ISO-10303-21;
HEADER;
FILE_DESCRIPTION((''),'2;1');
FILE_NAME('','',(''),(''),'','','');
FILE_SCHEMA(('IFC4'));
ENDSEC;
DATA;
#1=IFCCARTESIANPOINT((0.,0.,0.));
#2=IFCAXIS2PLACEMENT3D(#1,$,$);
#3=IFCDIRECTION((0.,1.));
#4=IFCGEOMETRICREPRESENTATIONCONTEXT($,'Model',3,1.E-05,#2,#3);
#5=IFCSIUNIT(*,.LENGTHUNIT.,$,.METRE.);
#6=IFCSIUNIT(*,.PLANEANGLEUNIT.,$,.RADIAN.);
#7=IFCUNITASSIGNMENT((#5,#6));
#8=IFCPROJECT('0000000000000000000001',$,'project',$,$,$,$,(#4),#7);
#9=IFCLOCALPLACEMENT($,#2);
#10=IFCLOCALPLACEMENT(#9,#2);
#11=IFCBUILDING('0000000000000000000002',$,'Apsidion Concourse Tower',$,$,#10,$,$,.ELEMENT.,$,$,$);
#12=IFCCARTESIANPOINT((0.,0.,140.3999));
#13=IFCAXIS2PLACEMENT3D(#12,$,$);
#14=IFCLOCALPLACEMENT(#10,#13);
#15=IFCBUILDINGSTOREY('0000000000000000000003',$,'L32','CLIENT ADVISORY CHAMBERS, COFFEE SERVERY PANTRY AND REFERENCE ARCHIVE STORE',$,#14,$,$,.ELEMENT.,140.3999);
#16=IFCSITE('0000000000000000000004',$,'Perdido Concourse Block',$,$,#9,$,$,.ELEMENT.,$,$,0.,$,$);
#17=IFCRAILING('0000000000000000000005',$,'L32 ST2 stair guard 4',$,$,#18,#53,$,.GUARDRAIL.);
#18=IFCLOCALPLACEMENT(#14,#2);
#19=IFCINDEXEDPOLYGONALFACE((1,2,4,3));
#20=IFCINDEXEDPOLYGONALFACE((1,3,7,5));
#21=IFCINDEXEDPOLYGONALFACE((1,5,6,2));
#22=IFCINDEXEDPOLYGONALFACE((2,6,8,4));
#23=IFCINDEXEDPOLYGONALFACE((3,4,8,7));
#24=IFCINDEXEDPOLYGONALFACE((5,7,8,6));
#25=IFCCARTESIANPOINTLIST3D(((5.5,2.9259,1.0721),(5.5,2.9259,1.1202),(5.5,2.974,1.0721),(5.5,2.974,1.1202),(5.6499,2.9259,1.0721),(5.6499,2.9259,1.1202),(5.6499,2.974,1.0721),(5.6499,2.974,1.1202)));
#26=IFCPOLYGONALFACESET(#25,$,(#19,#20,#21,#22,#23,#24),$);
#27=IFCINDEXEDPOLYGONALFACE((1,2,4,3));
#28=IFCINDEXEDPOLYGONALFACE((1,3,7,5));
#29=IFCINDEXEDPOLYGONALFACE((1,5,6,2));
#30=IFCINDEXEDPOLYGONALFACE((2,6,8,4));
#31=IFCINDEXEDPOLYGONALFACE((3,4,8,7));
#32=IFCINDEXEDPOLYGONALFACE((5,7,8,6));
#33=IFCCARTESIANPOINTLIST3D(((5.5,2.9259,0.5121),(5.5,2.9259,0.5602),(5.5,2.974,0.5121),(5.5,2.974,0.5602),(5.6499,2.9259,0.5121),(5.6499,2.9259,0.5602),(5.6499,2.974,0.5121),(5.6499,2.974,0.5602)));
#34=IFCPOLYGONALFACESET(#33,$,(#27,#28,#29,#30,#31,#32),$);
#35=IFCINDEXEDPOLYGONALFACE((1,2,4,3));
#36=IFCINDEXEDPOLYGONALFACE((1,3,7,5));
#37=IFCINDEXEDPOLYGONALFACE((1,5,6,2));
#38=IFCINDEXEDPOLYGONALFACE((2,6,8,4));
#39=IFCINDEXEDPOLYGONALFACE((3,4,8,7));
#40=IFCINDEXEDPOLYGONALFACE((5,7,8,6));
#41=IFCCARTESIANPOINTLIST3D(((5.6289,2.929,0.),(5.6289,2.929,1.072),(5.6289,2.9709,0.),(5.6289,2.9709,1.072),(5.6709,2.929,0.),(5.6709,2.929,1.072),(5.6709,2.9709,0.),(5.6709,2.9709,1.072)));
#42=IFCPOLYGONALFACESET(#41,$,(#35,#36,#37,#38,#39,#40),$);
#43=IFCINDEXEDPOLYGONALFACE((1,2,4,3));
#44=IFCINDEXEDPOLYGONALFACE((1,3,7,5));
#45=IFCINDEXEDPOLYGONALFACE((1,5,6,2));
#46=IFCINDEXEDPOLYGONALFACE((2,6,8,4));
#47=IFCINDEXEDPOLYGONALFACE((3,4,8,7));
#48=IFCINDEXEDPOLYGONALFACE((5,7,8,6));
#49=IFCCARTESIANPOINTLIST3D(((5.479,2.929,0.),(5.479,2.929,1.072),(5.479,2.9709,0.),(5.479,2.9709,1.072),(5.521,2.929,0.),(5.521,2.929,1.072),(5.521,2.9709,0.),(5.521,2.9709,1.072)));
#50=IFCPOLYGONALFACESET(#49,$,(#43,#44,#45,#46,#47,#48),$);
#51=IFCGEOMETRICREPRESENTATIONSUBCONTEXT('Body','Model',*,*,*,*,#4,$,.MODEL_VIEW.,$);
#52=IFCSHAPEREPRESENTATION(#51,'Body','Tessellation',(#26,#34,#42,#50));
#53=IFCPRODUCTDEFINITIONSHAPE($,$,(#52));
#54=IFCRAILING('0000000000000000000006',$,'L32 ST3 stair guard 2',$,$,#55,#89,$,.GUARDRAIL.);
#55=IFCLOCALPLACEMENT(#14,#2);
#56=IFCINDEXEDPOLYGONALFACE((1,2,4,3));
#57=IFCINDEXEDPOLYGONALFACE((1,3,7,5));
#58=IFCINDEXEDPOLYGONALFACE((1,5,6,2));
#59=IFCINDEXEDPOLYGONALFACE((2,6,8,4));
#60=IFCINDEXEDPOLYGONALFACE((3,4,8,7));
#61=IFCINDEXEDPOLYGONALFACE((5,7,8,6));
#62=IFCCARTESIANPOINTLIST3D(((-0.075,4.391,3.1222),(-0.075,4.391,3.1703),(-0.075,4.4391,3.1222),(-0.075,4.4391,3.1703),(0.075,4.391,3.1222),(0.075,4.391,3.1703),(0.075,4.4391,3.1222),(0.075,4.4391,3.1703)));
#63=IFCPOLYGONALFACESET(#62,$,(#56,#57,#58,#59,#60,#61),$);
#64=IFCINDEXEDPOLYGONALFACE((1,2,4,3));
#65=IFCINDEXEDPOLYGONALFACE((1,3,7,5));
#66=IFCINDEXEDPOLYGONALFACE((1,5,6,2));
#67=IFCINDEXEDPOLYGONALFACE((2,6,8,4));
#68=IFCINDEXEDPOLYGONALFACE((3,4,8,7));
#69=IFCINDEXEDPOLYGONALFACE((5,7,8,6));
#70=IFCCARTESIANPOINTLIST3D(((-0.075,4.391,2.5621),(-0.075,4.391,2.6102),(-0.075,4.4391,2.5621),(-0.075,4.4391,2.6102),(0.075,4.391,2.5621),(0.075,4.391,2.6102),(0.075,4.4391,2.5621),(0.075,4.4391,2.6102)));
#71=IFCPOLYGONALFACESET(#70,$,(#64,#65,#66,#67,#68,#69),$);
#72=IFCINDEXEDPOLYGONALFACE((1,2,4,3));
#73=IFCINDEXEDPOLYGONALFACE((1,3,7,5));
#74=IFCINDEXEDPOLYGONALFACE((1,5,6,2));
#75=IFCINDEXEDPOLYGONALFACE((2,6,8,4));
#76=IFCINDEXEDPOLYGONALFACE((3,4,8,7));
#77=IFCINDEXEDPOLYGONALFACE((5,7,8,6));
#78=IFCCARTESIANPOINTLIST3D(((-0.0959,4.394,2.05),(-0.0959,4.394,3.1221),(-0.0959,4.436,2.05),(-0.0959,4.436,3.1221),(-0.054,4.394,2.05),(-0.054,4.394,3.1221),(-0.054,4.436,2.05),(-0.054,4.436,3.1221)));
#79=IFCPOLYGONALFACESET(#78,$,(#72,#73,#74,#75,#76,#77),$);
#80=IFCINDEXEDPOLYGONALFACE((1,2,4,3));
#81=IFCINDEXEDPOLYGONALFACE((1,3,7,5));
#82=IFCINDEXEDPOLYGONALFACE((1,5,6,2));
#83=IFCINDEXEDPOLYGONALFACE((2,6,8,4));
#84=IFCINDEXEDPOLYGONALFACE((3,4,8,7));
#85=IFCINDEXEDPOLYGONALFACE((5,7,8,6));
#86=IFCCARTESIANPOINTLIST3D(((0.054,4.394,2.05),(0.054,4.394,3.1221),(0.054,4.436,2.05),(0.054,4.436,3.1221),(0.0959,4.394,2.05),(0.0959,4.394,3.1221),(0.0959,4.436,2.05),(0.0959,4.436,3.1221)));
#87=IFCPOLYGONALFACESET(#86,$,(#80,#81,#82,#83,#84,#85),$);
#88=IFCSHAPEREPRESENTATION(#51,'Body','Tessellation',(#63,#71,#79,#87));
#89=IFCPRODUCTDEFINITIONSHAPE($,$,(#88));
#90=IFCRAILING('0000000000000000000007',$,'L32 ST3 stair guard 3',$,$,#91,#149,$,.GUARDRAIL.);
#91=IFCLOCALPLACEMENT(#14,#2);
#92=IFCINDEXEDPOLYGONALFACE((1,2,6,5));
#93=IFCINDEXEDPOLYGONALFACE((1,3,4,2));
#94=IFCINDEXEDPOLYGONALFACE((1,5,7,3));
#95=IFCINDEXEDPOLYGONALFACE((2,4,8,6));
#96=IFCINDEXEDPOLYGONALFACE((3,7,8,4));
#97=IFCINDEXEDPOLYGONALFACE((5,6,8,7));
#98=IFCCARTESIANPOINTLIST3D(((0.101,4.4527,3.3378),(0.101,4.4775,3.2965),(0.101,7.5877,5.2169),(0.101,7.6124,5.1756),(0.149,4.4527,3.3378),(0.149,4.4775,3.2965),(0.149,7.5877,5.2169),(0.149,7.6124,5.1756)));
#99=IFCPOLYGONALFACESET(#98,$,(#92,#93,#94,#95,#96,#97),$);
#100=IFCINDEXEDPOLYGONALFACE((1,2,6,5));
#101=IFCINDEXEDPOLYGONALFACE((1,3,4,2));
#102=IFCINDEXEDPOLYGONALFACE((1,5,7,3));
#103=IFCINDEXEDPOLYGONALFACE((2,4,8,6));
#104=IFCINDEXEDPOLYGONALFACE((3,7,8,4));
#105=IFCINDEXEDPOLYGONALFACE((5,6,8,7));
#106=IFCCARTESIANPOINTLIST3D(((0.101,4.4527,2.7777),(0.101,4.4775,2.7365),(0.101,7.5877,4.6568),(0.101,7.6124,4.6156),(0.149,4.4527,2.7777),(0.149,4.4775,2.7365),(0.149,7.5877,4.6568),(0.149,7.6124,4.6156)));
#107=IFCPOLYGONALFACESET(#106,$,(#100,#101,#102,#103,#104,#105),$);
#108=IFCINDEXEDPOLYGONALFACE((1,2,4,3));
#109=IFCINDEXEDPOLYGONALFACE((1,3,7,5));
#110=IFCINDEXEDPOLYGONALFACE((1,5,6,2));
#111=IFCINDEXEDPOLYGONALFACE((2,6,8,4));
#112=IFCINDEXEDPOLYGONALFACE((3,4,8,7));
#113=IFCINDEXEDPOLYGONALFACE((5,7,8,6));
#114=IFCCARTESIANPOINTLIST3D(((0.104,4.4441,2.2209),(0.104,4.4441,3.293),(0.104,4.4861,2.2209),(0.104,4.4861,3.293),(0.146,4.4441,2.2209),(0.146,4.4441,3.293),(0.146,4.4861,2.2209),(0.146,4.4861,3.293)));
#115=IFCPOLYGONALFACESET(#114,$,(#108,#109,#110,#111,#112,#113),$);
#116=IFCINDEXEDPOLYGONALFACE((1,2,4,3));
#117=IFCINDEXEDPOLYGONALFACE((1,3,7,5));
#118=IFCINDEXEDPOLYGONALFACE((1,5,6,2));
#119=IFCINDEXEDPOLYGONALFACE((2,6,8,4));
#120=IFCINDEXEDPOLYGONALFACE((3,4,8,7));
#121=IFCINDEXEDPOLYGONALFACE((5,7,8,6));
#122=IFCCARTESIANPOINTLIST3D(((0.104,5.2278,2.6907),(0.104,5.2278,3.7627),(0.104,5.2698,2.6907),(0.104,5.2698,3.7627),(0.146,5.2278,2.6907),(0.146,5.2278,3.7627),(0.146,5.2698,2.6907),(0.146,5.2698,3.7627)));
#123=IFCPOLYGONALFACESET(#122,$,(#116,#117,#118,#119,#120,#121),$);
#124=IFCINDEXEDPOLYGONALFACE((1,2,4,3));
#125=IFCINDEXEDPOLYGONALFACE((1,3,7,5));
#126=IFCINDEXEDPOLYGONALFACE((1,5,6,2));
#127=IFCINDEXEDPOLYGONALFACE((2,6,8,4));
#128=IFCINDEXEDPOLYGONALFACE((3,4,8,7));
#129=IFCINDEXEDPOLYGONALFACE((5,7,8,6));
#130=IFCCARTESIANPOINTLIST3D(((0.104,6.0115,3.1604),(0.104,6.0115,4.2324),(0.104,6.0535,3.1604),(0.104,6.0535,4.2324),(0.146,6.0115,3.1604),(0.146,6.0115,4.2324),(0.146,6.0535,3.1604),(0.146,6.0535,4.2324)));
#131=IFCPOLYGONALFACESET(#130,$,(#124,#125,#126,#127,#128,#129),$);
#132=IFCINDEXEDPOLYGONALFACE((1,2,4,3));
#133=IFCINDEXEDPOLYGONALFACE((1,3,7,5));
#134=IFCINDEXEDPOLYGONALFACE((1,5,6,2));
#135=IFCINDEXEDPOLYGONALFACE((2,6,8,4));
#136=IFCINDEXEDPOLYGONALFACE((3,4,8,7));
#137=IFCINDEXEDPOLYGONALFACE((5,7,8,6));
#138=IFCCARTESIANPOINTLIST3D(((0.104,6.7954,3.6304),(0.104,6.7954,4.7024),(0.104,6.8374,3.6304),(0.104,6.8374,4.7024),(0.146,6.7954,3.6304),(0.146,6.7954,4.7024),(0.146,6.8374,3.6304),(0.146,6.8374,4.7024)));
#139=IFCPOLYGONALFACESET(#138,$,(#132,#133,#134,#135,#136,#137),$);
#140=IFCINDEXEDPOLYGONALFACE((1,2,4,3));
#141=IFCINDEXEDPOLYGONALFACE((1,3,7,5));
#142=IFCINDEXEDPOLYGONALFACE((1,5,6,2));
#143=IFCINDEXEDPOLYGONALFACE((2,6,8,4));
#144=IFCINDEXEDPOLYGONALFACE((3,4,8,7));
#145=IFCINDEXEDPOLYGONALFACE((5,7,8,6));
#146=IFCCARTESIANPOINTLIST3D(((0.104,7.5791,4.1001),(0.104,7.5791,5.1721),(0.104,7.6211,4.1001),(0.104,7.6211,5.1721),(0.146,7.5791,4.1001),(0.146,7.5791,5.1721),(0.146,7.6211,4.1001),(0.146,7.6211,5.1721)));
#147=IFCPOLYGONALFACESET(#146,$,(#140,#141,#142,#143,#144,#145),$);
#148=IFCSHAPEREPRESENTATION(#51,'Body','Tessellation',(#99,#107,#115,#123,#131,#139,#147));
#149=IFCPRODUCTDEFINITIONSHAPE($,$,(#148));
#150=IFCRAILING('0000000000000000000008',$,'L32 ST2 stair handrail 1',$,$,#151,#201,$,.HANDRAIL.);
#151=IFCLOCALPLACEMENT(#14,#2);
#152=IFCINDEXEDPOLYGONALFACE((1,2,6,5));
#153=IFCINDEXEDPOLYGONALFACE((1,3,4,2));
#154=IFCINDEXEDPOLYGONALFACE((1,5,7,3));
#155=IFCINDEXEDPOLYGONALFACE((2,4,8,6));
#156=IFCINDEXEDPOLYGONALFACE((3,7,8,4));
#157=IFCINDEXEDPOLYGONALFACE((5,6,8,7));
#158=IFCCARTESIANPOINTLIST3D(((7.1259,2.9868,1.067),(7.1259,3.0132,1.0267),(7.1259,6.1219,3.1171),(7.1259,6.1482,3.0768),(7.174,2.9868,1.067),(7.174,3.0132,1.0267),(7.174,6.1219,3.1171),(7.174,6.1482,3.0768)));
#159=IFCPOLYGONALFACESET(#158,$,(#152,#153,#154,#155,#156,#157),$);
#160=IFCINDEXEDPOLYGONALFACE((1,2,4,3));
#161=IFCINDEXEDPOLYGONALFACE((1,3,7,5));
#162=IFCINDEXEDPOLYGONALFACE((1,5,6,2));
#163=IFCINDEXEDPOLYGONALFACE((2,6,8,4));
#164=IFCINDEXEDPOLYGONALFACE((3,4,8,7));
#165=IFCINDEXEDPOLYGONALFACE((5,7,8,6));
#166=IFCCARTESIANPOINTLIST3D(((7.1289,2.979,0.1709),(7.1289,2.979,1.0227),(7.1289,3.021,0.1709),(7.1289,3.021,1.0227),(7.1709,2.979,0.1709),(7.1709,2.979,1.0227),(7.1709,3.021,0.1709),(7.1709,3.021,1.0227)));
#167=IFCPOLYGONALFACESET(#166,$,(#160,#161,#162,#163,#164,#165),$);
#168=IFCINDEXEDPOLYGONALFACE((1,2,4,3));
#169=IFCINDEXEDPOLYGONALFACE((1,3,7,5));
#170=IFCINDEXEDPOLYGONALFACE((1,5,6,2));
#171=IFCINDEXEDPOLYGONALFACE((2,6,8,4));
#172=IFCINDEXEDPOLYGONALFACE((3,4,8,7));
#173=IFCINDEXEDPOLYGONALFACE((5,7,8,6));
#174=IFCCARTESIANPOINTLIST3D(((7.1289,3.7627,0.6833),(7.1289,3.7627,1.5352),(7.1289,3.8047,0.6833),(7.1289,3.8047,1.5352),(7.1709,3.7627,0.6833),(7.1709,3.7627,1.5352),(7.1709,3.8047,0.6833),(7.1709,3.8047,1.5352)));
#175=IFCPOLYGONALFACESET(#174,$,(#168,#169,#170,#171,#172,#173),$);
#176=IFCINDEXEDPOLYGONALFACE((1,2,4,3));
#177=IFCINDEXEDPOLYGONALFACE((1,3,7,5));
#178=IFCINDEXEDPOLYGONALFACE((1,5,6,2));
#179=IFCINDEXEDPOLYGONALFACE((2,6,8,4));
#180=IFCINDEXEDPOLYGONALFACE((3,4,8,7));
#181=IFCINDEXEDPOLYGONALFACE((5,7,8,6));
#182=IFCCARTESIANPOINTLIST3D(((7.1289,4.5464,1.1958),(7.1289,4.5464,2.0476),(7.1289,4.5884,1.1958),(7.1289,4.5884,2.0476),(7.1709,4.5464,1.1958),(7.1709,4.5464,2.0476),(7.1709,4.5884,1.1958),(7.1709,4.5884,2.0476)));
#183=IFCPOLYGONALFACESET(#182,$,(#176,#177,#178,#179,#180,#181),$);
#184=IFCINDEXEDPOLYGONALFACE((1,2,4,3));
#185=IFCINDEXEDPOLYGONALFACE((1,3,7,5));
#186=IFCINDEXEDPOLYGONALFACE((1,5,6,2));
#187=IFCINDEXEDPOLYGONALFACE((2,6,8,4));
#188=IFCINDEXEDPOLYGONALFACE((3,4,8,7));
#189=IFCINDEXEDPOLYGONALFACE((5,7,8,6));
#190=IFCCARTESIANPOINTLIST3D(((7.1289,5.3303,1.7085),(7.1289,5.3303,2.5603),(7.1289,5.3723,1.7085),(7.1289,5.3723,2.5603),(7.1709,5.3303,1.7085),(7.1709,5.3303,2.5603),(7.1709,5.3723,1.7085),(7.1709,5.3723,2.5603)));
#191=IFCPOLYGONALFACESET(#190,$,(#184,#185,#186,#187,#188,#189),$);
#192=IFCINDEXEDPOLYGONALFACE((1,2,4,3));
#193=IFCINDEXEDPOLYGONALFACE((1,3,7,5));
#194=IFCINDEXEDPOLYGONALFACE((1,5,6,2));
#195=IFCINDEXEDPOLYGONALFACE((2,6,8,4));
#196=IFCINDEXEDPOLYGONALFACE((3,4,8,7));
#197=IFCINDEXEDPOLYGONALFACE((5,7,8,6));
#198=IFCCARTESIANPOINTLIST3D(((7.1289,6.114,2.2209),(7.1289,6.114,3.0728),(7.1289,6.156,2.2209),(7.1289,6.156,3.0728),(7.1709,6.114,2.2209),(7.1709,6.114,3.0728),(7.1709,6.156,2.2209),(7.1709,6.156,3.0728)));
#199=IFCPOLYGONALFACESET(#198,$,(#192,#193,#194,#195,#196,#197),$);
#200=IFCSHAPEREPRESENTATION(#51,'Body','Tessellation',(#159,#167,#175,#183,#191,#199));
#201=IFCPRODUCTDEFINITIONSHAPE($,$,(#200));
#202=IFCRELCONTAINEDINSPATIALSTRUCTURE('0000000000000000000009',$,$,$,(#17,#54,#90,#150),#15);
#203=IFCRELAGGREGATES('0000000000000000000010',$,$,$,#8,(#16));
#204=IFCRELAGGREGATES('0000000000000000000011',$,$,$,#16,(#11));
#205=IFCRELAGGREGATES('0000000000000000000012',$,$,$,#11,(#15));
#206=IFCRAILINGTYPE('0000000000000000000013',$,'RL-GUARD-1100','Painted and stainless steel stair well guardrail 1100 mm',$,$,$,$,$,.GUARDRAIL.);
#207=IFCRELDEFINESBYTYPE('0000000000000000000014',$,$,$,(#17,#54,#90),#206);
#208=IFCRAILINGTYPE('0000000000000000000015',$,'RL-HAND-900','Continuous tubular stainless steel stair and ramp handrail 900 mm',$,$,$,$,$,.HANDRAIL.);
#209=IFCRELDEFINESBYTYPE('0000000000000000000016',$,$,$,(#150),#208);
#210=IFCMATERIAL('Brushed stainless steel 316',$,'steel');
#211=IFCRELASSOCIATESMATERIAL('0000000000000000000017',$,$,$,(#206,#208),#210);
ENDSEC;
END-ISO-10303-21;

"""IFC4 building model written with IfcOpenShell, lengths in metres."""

from ifc_helpers import new_model, si_unit, direction, frame, origin, origin_2d, place, context, subcontext, project, spatial, rectangle, extrude, material, type_object, element, save


model = new_model("IFC4")

# Units and contexts
model_context = context("Model", 3, precision=1e-05, world=origin(), true_north=direction((0.0, 1.0)))
body_context = subcontext(model_context, "Body", "Model", "MODEL_VIEW")
ifc_project = project(units=[si_unit("LENGTHUNIT", "METRE"), si_unit("PLANEANGLEUNIT", "RADIAN")], contexts=[model_context])

# Site, building, storey
site_placement = place(None, origin())
site = spatial("IfcSite", under=ifc_project, at=site_placement, Name="Perdido Concourse Block", CompositionType="ELEMENT", RefElevation=0.0)
building_placement = place(site_placement, origin())
building = spatial("IfcBuilding", under=site, at=building_placement, Name="Apsidion Concourse Tower", CompositionType="ELEMENT")
storey_placement = place(building_placement, frame((0.0, 0.0, 140.3999)))
storey = spatial("IfcBuildingStorey", under=building, at=storey_placement, Name="L32", Description="CLIENT ADVISORY CHAMBERS, COFFEE SERVERY PANTRY AND REFERENCE ARCHIVE STORE", CompositionType="ELEMENT", Elevation=140.3999)

# Shared definitions
ifc_material_1 = material(Name="Brushed stainless steel 316", Category="steel")

# Railings
railing_type_1 = type_object("IfcRailingType", Name="RL-GUARD-1100", Description="Painted and stainless steel stair well guardrail 1100 mm", PredefinedType="GUARDRAIL", material=ifc_material_1)
railing_1_placement = place(storey_placement, frame((5.6499, 2.95, 0.0)))
element("IfcRailing", 1, at=railing_1_placement, inside=storey, type_object=railing_type_1, Name="L32 ST2 stair guard 4", PredefinedType="GUARDRAIL", context=body_context, shape_type="SweptSolid", body=[
    extrude(rectangle(XDim=0.0481, YDim=0.0481, at=origin_2d()), frame((0.0, 0.0, 1.0962), z_axis=(-1.0, 0.0, 0.0), x_axis=(0.0, -1.0, 0.0)), (0.0, 0.0, 1.0), 0.1499),
    extrude(rectangle(XDim=0.0481, YDim=0.0481, at=origin_2d()), frame((0.0, 0.0, 0.5361), z_axis=(-1.0, 0.0, 0.0), x_axis=(0.0, -1.0, 0.0)), (0.0, 0.0, 1.0), 0.1499),
    extrude(rectangle(XDim=0.042, YDim=0.042, at=origin_2d()), origin(), (0.0, 0.0, 1.0), 1.072),
    extrude(rectangle(XDim=0.042, YDim=0.042, at=origin_2d()), frame((-0.1499, 0.0, 0.0)), (0.0, 0.0, 1.0), 1.072),
])
railing_2_placement = place(storey_placement, frame((-0.075, 4.415, 2.05)))
element("IfcRailing", 2, at=railing_2_placement, inside=storey, type_object=railing_type_1, Name="L32 ST3 stair guard 2", PredefinedType="GUARDRAIL", context=body_context, shape_type="SweptSolid", body=[
    extrude(rectangle(XDim=0.0481, YDim=0.0481, at=origin_2d()), frame((0.0, 0.0, 1.0962), z_axis=(1.0, 0.0, 0.0), x_axis=(0.0, 1.0, 0.0)), (0.0, 0.0, 1.0), 0.1499),
    extrude(rectangle(XDim=0.0481, YDim=0.0481, at=origin_2d()), frame((0.0, 0.0, 0.5361), z_axis=(1.0, 0.0, 0.0), x_axis=(0.0, 1.0, 0.0)), (0.0, 0.0, 1.0), 0.1499),
    extrude(rectangle(XDim=0.042, YDim=0.042, at=origin_2d()), origin(), (0.0, 0.0, 1.0), 1.072),
    extrude(rectangle(XDim=0.042, YDim=0.042, at=origin_2d()), frame((0.1499, 0.0, 0.0)), (0.0, 0.0, 1.0), 1.072),
])
railing_3_placement = place(storey_placement, frame((0.125, 4.4651, 2.2209)))
element("IfcRailing", 3, at=railing_3_placement, inside=storey, type_object=railing_type_1, Name="L32 ST3 stair guard 3", PredefinedType="GUARDRAIL", context=body_context, shape_type="SweptSolid", body=[
    extrude(rectangle(XDim=0.0481, YDim=0.0481, at=origin_2d()), frame((0.0, 0.0, 1.0962), z_axis=(0.0, 0.857717, 0.514122), x_axis=(-1.0, 0.0, 0.0)), (0.0, 0.0, 1.0), 3.655),
    extrude(rectangle(XDim=0.0481, YDim=0.0481, at=origin_2d()), frame((0.0, 0.0, 0.5361), z_axis=(0.0, 0.857717, 0.514122), x_axis=(-1.0, 0.0, 0.0)), (0.0, 0.0, 1.0), 3.655),
    extrude(rectangle(XDim=0.042, YDim=0.042, at=origin_2d()), origin(), (0.0, 0.0, 1.0), 1.072),
    extrude(rectangle(XDim=0.042, YDim=0.042, at=origin_2d()), frame((0.0, 0.7837, 0.4697)), (0.0, 0.0, 1.0), 1.072),
    extrude(rectangle(XDim=0.042, YDim=0.042, at=origin_2d()), frame((0.0, 1.5674, 0.9395)), (0.0, 0.0, 1.0), 1.072),
    extrude(rectangle(XDim=0.042, YDim=0.042, at=origin_2d()), frame((0.0, 2.3513, 1.4094)), (0.0, 0.0, 1.0), 1.072),
    extrude(rectangle(XDim=0.042, YDim=0.042, at=origin_2d()), frame((0.0, 3.135, 1.8792)), (0.0, 0.0, 1.0), 1.072),
])
railing_type_2 = type_object("IfcRailingType", Name="RL-HAND-900", Description="Continuous tubular stainless steel stair and ramp handrail 900 mm", PredefinedType="HANDRAIL", material=ifc_material_1)
railing_4_placement = place(storey_placement, frame((7.1499, 3.0, 0.1709)))
element("IfcRailing", 4, at=railing_4_placement, inside=storey, type_object=railing_type_2, Name="L32 ST2 stair handrail 1", PredefinedType="HANDRAIL", context=body_context, shape_type="SweptSolid", body=[
    extrude(rectangle(XDim=0.0481, YDim=0.0481, at=origin_2d()), frame((0.0, 0.0, 0.876), z_axis=(0.0, 0.836941, 0.547293), x_axis=(-1.0, 0.0, 0.0)), (0.0, 0.0, 1.0), 3.7458),
    extrude(rectangle(XDim=0.042, YDim=0.042, at=origin_2d()), origin(), (0.0, 0.0, 1.0), 0.8518),
    extrude(rectangle(XDim=0.042, YDim=0.042, at=origin_2d()), frame((0.0, 0.7837, 0.5125)), (0.0, 0.0, 1.0), 0.8518),
    extrude(rectangle(XDim=0.042, YDim=0.042, at=origin_2d()), frame((0.0, 1.5674, 1.0249)), (0.0, 0.0, 1.0), 0.8518),
    extrude(rectangle(XDim=0.042, YDim=0.042, at=origin_2d()), frame((0.0, 2.3513, 1.5376)), (0.0, 0.0, 1.0), 0.8518),
    extrude(rectangle(XDim=0.042, YDim=0.042, at=origin_2d()), frame((0.0, 3.135, 2.05)), (0.0, 0.0, 1.0), 0.8518),
])

save(model, "model.ifc")
